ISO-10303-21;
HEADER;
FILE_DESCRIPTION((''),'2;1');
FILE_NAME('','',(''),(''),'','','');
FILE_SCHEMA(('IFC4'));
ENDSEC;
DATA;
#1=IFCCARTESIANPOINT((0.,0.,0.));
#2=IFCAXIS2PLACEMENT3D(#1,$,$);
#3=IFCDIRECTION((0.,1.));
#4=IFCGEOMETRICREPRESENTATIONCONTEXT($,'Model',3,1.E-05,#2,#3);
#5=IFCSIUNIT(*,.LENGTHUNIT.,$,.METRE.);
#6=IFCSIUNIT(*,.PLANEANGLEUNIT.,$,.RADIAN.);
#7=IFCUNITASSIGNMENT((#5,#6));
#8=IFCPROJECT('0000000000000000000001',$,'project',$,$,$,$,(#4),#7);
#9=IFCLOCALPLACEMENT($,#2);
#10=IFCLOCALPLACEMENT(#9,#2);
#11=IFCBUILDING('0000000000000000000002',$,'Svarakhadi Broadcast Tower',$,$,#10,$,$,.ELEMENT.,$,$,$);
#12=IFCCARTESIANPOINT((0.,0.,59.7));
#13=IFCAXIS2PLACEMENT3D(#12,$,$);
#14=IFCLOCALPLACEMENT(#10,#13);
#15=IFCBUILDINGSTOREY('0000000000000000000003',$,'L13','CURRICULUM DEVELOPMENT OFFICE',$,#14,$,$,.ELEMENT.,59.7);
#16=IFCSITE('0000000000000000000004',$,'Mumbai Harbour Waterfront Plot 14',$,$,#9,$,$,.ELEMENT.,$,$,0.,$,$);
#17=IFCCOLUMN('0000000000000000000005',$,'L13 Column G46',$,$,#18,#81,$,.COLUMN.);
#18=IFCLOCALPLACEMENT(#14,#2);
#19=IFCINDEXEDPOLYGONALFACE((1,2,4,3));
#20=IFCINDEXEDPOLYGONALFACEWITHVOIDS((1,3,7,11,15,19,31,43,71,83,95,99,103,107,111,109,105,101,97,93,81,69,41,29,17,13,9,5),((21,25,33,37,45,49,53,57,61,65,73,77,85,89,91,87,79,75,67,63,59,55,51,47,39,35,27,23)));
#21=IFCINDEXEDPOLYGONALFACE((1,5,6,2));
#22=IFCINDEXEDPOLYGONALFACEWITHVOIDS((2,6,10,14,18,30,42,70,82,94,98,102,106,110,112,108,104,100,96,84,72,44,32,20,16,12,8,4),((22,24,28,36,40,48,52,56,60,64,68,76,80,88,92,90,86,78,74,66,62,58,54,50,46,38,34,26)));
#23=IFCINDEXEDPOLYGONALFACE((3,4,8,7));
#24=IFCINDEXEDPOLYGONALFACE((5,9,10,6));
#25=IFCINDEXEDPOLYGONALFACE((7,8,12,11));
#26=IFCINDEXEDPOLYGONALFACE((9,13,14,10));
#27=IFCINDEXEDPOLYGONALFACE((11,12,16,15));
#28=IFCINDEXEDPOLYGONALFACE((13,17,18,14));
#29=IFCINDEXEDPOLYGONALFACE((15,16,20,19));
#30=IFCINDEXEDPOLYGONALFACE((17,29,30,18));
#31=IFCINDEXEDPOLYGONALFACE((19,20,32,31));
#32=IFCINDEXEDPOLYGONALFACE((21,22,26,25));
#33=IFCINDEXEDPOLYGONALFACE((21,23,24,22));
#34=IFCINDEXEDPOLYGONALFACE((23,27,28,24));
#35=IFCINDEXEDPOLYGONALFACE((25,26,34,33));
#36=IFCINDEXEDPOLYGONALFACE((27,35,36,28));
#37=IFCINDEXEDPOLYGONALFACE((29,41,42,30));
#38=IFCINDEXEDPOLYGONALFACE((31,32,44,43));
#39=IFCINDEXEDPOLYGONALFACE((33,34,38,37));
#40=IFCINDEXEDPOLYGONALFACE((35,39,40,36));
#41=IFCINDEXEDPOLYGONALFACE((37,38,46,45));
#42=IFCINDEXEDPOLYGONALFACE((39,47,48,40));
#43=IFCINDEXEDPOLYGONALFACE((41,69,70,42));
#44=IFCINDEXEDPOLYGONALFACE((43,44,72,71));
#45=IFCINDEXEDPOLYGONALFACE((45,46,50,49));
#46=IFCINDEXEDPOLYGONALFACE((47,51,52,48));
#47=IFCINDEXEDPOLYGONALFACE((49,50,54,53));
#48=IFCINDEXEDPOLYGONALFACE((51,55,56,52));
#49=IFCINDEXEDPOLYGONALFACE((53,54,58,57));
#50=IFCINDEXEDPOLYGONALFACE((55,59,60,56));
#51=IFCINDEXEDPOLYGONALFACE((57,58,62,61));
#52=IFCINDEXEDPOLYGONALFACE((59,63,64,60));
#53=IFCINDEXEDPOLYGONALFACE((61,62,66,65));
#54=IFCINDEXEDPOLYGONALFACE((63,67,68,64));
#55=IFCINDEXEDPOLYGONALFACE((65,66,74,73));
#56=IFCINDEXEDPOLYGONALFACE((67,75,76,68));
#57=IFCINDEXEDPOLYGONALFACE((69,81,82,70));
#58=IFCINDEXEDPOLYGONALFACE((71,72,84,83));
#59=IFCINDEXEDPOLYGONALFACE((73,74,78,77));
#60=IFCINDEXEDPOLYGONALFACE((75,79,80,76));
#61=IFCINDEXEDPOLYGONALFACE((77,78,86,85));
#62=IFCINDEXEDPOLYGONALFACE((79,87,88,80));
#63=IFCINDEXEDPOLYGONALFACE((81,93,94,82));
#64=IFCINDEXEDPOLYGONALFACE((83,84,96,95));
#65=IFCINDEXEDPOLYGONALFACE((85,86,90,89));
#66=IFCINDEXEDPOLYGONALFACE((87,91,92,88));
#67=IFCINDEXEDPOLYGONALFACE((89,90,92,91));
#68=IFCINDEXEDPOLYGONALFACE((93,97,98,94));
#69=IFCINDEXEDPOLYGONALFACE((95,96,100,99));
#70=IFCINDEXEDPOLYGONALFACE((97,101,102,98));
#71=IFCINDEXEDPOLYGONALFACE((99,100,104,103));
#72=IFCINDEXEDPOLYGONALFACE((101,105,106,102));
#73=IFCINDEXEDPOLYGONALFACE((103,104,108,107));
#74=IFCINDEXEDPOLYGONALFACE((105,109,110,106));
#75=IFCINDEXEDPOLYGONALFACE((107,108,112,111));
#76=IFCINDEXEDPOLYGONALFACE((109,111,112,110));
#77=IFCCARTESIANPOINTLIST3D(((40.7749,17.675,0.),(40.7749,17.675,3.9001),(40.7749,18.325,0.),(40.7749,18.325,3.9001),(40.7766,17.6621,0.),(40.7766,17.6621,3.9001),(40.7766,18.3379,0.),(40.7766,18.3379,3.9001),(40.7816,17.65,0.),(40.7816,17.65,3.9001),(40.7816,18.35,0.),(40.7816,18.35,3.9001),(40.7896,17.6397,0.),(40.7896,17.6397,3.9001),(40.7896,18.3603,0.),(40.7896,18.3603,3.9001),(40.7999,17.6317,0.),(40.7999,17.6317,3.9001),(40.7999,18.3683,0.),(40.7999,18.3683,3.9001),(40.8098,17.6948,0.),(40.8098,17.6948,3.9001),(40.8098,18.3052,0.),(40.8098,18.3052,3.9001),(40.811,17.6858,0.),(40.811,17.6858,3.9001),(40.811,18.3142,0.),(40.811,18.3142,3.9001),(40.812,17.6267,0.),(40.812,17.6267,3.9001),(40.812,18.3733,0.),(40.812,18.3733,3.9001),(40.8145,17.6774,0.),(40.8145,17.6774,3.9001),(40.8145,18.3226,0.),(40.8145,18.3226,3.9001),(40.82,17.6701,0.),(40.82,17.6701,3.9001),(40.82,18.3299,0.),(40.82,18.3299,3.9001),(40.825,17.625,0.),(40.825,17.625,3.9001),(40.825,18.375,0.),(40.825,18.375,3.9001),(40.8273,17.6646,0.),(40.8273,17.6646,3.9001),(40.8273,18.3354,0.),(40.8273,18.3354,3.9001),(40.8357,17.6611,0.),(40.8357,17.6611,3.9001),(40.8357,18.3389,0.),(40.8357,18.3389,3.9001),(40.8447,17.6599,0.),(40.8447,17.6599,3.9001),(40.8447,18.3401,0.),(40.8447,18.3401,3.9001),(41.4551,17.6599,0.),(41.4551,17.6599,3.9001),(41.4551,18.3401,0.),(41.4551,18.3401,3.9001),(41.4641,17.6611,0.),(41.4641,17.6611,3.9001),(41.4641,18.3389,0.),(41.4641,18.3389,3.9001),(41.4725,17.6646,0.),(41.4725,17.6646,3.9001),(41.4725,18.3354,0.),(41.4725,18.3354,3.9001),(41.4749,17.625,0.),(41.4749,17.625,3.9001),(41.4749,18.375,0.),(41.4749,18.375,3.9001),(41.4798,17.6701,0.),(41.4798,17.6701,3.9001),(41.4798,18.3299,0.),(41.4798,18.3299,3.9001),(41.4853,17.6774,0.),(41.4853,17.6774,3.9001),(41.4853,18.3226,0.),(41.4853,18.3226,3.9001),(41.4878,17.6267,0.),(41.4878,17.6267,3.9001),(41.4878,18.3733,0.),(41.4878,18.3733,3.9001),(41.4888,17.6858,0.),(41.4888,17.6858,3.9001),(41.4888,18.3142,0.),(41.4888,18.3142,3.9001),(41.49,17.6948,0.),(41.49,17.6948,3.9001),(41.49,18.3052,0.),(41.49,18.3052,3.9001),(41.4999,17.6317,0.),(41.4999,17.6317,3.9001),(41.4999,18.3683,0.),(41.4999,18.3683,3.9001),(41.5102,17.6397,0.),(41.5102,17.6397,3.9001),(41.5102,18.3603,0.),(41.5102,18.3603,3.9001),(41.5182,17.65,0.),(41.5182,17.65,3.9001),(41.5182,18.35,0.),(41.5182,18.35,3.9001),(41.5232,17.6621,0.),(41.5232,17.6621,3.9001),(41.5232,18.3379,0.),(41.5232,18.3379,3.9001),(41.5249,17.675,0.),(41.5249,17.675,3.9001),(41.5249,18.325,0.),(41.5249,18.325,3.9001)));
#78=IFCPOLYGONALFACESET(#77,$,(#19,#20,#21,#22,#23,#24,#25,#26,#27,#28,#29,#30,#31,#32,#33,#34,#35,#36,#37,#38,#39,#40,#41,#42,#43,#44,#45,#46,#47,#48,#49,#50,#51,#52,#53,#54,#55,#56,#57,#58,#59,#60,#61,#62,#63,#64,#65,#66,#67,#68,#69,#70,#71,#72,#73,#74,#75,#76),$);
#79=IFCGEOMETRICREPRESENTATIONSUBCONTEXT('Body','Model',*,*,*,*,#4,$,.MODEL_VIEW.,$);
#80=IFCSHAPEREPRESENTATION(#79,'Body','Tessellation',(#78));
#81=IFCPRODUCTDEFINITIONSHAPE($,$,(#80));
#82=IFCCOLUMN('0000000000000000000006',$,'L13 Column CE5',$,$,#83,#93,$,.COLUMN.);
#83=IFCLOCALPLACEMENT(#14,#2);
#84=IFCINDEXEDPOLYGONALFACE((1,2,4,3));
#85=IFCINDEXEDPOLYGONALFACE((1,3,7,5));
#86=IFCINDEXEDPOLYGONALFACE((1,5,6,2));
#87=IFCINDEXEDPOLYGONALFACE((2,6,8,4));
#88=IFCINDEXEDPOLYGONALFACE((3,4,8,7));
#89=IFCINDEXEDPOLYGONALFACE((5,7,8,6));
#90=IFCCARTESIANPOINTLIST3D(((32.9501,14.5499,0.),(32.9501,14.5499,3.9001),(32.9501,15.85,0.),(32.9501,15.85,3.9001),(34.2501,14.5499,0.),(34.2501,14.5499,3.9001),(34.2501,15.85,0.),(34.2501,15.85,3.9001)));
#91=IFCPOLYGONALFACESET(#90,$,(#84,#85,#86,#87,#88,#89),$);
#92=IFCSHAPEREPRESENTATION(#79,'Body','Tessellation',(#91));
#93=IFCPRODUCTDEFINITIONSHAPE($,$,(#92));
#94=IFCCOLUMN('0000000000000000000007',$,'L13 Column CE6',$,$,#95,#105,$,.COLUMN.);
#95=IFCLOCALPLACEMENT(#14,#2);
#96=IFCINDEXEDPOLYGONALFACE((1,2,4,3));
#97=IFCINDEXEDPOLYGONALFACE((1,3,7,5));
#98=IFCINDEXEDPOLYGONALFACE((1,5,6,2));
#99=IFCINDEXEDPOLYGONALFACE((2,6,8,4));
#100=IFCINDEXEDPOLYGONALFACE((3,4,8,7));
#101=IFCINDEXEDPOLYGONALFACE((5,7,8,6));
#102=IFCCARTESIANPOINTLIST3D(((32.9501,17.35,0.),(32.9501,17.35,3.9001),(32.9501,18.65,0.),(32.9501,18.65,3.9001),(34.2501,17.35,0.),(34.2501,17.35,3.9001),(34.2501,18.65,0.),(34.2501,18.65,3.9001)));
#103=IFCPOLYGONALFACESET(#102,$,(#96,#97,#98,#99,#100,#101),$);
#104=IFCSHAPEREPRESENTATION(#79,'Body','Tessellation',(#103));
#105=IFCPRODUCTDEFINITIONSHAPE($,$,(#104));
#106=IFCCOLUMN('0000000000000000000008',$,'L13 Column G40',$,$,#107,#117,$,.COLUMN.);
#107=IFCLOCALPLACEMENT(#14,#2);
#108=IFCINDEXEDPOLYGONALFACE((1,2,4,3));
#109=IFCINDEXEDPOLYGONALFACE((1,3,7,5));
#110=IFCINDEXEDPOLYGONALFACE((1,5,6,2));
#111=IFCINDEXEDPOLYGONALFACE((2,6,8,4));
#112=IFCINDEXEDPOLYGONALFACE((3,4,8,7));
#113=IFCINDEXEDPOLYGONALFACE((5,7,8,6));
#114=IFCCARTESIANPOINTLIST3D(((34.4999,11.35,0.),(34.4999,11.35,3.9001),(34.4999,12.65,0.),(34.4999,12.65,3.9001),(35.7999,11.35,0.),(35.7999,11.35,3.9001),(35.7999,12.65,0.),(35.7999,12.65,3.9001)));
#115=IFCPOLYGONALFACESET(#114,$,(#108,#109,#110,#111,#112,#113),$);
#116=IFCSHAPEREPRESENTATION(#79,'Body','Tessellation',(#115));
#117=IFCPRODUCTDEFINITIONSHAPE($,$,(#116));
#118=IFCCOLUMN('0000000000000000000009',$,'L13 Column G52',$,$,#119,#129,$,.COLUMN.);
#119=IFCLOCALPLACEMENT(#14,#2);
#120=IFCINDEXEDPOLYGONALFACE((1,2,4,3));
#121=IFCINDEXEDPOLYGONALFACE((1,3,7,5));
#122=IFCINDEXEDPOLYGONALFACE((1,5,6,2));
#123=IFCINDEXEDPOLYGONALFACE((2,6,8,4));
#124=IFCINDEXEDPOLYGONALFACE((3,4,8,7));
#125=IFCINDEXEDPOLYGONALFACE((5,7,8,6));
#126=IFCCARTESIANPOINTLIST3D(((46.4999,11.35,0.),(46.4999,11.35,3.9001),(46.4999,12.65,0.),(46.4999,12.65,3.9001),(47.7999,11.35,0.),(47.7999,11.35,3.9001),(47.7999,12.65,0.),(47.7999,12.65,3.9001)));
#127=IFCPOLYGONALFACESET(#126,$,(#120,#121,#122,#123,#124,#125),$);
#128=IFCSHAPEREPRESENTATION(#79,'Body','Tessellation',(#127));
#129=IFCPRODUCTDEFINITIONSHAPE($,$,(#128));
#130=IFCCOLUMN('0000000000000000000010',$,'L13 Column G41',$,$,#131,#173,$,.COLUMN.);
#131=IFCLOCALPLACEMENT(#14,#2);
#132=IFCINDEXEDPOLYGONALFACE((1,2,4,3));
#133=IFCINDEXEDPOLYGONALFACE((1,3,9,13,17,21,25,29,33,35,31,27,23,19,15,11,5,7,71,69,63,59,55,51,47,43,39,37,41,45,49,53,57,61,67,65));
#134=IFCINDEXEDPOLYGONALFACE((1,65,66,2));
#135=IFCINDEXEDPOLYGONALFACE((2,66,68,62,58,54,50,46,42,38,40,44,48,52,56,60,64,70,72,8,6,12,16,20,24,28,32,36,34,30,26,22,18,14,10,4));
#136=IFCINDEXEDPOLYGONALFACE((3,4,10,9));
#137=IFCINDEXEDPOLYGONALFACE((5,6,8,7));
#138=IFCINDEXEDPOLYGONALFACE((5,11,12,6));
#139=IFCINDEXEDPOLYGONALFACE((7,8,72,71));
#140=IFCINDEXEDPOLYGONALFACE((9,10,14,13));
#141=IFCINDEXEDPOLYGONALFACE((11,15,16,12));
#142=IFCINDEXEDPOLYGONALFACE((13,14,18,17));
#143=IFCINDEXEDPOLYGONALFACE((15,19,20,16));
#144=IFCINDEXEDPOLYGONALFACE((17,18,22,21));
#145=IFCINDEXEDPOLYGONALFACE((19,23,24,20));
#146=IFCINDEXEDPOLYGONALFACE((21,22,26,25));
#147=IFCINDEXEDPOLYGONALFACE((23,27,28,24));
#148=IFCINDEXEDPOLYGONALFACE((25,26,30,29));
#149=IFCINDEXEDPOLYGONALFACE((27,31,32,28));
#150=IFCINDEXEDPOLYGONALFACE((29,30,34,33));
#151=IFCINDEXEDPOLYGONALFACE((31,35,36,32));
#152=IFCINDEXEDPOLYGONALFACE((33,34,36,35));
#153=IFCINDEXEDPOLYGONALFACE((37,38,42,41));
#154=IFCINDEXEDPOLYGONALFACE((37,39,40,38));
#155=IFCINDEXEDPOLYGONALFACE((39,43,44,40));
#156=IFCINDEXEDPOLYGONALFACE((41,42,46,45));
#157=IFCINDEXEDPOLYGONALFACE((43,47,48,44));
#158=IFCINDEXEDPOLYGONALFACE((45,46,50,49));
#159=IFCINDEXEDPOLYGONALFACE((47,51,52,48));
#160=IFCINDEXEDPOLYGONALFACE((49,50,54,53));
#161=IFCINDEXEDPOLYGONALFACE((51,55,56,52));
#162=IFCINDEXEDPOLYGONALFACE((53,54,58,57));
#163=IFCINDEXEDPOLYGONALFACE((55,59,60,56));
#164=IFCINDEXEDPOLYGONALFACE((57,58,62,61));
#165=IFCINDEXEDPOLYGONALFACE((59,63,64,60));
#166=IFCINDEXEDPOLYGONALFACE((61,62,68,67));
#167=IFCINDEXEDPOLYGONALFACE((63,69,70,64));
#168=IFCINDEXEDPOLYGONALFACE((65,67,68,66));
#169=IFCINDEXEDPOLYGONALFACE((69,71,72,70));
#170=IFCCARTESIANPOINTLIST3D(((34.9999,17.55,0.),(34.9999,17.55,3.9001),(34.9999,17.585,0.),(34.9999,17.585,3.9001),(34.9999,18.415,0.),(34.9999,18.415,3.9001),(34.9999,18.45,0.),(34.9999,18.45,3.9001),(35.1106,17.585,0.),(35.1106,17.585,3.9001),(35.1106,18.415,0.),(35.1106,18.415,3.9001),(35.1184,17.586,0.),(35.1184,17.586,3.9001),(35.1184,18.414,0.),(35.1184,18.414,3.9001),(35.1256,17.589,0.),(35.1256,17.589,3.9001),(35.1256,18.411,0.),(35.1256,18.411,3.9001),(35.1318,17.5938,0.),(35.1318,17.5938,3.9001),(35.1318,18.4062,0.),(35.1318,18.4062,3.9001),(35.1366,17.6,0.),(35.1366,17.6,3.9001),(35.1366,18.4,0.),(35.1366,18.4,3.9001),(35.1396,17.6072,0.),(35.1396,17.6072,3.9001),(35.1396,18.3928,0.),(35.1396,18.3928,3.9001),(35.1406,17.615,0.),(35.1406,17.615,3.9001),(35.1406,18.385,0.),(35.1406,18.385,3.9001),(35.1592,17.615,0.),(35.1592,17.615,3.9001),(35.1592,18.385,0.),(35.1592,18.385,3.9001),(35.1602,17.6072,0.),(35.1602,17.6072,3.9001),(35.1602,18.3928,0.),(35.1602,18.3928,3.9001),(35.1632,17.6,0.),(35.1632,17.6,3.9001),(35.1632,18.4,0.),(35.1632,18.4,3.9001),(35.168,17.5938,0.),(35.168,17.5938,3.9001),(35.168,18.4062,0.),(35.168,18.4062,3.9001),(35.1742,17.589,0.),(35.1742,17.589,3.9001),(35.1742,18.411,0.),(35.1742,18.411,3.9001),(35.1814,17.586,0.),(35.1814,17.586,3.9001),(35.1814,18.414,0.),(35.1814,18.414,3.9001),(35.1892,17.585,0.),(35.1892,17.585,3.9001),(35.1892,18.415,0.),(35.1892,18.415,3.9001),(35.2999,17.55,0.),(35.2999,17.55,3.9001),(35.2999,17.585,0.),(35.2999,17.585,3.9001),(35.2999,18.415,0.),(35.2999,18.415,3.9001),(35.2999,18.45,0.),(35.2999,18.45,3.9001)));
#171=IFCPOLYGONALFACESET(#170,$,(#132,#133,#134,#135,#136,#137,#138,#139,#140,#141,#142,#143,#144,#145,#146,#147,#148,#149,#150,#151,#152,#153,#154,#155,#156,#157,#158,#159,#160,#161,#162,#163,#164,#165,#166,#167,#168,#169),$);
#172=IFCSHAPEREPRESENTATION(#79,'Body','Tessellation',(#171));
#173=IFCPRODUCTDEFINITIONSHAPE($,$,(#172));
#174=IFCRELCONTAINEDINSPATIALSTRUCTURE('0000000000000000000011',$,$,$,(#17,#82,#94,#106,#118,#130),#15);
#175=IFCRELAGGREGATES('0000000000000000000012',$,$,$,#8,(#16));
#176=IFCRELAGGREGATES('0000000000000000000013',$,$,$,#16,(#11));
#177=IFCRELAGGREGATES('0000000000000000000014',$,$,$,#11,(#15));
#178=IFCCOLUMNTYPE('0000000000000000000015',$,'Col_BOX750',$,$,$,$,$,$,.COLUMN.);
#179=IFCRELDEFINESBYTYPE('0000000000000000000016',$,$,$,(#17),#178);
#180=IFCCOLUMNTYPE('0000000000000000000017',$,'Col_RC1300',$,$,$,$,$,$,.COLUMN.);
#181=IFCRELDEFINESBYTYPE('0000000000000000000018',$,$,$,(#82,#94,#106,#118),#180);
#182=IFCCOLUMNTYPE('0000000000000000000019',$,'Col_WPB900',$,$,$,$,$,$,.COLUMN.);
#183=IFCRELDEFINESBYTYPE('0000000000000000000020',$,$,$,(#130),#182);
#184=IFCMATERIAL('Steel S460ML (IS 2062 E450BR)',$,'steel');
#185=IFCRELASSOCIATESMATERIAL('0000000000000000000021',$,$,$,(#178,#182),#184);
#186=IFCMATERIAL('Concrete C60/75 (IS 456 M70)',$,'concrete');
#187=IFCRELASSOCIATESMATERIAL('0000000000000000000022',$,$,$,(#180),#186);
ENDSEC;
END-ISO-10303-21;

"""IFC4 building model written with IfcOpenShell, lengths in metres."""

from ifc_helpers import new_model, si_unit, direction, frame, origin, origin_2d, place, context, subcontext, project, spatial, rectangle, hollow_rectangle, i_section, extrude, material, material_profile, profile_set, type_object, element, save


model = new_model("IFC4")

# Units and contexts
model_context = context("Model", 3, precision=1e-05, world=origin(), true_north=direction((0.0, 1.0)))
body_context = subcontext(model_context, "Body", "Model", "MODEL_VIEW")
ifc_project = project(units=[si_unit("LENGTHUNIT", "METRE"), si_unit("PLANEANGLEUNIT", "RADIAN")], contexts=[model_context])

# Site, building, storey
site_placement = place(None, origin())
site = spatial("IfcSite", under=ifc_project, at=site_placement, Name="Mumbai Harbour Waterfront Plot 14", CompositionType="ELEMENT", RefElevation=0.0)
building_placement = place(site_placement, origin())
building = spatial("IfcBuilding", under=site, at=building_placement, Name="Svarakhadi Broadcast Tower", CompositionType="ELEMENT")
storey_placement = place(building_placement, frame((0.0, 0.0, 59.7)))
storey = spatial("IfcBuildingStorey", under=building, at=storey_placement, Name="L13", Description="CURRICULUM DEVELOPMENT OFFICE", CompositionType="ELEMENT", Elevation=59.7)

# Columns
ifc_material_1 = material(Name="Steel S460ML (IS 2062 E450BR)", Category="steel")
ifc_material_profile_1 = material_profile(ifc_material_1, hollow_rectangle(XDim=0.75, YDim=0.75, WallThickness=0.0349, InnerFilletRadius=0.0349, OuterFilletRadius=0.05, at=origin_2d()), Name="BOX 750x750x35")
ifc_profile_set_1 = profile_set([ifc_material_profile_1], Name="Steel S460ML (IS 2062 E450BR)")
column_type_1 = type_object("IfcColumnType", Name="Col_BOX750", PredefinedType="COLUMN", material=ifc_profile_set_1)
column_placement = place(storey_placement, frame((41.1499, 18.0, 0.0), z_axis=(0.0, 0.0, 1.0), x_axis=(1.0, 0.0, 0.0)))
element("IfcColumn", 1, at=column_placement, inside=storey, type_object=column_type_1, Name="L13 Column G46", PredefinedType="COLUMN", context=body_context, shape_type="SweptSolid", body=[
    extrude(hollow_rectangle(XDim=0.75, YDim=0.75, WallThickness=0.0349, InnerFilletRadius=0.0349, OuterFilletRadius=0.05, at=origin_2d()), origin(), (0.0, 0.0, 1.0), 3.9001),
])
ifc_material_2 = material(Name="Concrete C60/75 (IS 456 M70)", Category="concrete")
ifc_material_profile_2 = material_profile(ifc_material_2, rectangle(XDim=1.3, YDim=1.3, at=origin_2d()), Name="RC 1300x1300")
ifc_profile_set_2 = profile_set([ifc_material_profile_2], Name="Concrete C60/75 (IS 456 M70)")
column_type_2 = type_object("IfcColumnType", Name="Col_RC1300", PredefinedType="COLUMN", material=ifc_profile_set_2)
for number, where, z_axis, x_axis, name in (
    (2, (33.6001, 15.2, 0.0), (0.0, 0.0, 1.0), (1.0, 0.0, 0.0), "L13 Column CE5"),
    (3, (33.6001, 18.0, 0.0), (0.0, 0.0, 1.0), (1.0, 0.0, 0.0), "L13 Column CE6"),
    (4, (35.1499, 12.0, 0.0), (0.0, 0.0, 1.0), (1.0, 0.0, 0.0), "L13 Column G40"),
    (5, (47.1499, 12.0, 0.0), (0.0, 0.0, 1.0), (1.0, 0.0, 0.0), "L13 Column G52"),
):
    element("IfcColumn", number, at=place(storey_placement, frame(where, z_axis=z_axis, x_axis=x_axis)), inside=storey, type_object=column_type_2, Name=name, PredefinedType="COLUMN", context=body_context, shape_type="SweptSolid", body=[
        extrude(rectangle(XDim=1.3, YDim=1.3, at=origin_2d()), origin(), (0.0, 0.0, 1.0), 3.9001),
    ])
ifc_material_profile_3 = material_profile(ifc_material_1, i_section(OverallWidth=0.3, OverallDepth=0.8999, WebThickness=0.0186, FlangeThickness=0.0349, FilletRadius=0.03, at=origin_2d()), Name="WPB 900x300x291")
ifc_profile_set_3 = profile_set([ifc_material_profile_3], Name="Steel S460ML (IS 2062 E450BR)")
column_type_3 = type_object("IfcColumnType", Name="Col_WPB900", PredefinedType="COLUMN", material=ifc_profile_set_3)
for number, where, z_axis, x_axis, name in (
    (6, (35.1499, 18.0, 0.0), (0.0, 0.0, 1.0), (1.0, 0.0, 0.0), "L13 Column G41"),
):
    element("IfcColumn", number, at=place(storey_placement, frame(where, z_axis=z_axis, x_axis=x_axis)), inside=storey, type_object=column_type_3, Name=name, PredefinedType="COLUMN", context=body_context, shape_type="SweptSolid", body=[
        extrude(i_section(OverallWidth=0.3, OverallDepth=0.8999, WebThickness=0.0186, FlangeThickness=0.0349, FilletRadius=0.03, at=origin_2d()), origin(), (0.0, 0.0, 1.0), 3.9001),
    ])

save(model, "model.ifc")
